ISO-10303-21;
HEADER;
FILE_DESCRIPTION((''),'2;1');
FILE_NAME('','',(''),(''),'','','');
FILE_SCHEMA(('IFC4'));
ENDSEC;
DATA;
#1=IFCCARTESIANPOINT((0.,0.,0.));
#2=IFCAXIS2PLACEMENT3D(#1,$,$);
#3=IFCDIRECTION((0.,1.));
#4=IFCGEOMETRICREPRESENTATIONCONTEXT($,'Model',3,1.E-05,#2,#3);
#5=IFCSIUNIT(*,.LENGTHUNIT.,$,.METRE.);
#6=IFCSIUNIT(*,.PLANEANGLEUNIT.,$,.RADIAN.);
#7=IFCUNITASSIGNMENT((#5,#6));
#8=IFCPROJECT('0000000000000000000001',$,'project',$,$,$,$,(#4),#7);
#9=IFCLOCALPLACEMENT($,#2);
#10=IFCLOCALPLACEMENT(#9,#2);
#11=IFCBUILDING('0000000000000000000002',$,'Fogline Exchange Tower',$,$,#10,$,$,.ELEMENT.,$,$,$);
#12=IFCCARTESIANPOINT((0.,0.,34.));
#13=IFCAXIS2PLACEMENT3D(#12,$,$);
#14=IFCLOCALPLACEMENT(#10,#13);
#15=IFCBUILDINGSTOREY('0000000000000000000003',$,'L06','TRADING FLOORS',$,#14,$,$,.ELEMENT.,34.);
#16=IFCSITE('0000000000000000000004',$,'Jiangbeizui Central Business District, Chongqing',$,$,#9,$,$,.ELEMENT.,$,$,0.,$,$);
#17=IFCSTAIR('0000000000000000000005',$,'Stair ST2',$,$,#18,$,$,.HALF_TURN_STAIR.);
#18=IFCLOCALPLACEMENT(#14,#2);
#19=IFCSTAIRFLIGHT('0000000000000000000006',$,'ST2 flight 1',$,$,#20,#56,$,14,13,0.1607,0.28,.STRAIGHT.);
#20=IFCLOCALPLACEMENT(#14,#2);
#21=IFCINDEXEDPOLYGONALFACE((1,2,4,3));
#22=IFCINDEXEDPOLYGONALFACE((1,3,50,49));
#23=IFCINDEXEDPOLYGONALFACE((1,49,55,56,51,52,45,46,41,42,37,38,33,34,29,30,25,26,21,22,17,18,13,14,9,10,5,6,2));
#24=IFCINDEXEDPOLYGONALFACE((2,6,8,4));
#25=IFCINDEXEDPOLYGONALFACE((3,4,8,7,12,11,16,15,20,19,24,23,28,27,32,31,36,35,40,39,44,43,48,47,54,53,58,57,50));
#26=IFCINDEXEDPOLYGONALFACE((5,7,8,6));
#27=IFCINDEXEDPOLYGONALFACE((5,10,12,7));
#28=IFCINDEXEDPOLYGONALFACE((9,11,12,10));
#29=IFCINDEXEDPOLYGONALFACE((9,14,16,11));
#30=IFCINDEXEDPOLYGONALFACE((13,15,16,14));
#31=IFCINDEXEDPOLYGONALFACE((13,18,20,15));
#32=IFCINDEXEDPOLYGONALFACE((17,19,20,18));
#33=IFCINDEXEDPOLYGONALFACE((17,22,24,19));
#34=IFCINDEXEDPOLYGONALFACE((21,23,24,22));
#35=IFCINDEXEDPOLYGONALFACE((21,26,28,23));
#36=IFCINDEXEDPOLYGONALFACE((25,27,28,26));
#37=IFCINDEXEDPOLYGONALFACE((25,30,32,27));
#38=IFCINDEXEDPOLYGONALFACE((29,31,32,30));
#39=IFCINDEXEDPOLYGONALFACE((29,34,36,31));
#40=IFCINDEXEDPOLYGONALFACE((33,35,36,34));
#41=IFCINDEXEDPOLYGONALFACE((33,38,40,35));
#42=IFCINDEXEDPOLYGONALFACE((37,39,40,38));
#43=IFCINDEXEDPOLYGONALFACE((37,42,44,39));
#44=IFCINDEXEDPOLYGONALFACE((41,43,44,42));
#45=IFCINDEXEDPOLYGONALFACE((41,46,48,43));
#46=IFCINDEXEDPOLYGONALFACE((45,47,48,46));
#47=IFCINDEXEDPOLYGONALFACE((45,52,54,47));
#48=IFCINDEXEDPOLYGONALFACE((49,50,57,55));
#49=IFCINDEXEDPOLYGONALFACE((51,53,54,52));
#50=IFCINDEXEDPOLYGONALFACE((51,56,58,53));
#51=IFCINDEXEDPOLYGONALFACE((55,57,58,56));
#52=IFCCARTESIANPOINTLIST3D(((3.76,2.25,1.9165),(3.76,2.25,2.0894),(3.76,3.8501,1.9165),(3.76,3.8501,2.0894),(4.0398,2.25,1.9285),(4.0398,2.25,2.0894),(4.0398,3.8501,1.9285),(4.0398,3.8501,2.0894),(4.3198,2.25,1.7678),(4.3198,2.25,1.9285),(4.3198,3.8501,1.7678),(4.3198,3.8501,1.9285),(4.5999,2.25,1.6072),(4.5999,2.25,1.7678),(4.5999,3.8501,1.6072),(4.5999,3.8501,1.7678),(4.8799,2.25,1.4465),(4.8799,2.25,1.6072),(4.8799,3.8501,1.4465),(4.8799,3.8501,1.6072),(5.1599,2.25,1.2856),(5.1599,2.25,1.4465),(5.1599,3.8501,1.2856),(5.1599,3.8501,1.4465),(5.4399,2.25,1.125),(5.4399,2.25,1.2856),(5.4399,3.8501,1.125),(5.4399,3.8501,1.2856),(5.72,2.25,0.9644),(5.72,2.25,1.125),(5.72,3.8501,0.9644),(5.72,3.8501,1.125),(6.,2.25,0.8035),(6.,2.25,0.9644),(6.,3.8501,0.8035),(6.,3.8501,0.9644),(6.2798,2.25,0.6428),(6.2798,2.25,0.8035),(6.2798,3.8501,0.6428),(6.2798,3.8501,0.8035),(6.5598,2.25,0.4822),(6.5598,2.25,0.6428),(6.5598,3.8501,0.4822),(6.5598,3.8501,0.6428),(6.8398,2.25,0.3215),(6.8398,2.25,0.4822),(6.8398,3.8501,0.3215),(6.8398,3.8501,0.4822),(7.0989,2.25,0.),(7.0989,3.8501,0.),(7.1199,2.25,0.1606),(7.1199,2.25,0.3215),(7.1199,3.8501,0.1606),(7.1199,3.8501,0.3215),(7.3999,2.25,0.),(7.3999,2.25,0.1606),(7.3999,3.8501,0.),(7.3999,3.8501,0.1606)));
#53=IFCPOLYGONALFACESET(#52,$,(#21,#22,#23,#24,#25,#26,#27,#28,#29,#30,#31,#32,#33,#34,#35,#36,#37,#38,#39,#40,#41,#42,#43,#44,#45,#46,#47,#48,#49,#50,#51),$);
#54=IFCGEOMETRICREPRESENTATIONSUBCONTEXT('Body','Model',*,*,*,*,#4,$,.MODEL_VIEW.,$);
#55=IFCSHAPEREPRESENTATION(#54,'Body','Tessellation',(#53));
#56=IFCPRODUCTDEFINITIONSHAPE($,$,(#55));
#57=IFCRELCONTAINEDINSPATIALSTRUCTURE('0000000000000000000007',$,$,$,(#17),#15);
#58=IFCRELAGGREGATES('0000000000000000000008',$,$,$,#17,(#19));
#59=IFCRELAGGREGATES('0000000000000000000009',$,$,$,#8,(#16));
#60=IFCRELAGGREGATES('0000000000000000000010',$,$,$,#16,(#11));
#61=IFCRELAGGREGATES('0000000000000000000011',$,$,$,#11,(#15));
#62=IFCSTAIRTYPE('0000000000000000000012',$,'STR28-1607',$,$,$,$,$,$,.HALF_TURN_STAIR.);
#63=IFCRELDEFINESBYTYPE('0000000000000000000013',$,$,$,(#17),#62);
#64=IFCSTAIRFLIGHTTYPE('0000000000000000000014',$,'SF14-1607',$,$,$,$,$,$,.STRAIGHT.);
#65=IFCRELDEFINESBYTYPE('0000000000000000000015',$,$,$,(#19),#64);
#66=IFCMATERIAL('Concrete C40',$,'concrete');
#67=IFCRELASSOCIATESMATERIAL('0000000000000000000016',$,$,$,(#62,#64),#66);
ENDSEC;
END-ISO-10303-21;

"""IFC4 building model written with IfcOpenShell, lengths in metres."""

from ifc_helpers import new_model, si_unit, direction, frame, origin, place, context, subcontext, project, spatial, polyline, outline, extrude, material, type_object, element, aggregate, save


model = new_model("IFC4")

# Units and contexts
model_context = context("Model", 3, precision=1e-05, world=origin(), true_north=direction((0.0, 1.0)))
body_context = subcontext(model_context, "Body", "Model", "MODEL_VIEW")
ifc_project = project(units=[si_unit("LENGTHUNIT", "METRE"), si_unit("PLANEANGLEUNIT", "RADIAN")], contexts=[model_context])

# Site, building, storey
site_placement = place(None, origin())
site = spatial("IfcSite", under=ifc_project, at=site_placement, Name="Jiangbeizui Central Business District, Chongqing", CompositionType="ELEMENT", RefElevation=0.0)
building_placement = place(site_placement, origin())
building = spatial("IfcBuilding", under=site, at=building_placement, Name="Fogline Exchange Tower", CompositionType="ELEMENT")
storey_placement = place(building_placement, frame((0.0, 0.0, 34.0)))
storey = spatial("IfcBuildingStorey", under=building, at=storey_placement, Name="L06", Description="TRADING FLOORS", CompositionType="ELEMENT", Elevation=34.0)

# Shared definitions
ifc_material_1 = material(Name="Concrete C40", Category="concrete")

# Stair, stair flight
stair_type = type_object("IfcStairType", Name="STR28-1607", PredefinedType="HALF_TURN_STAIR", material=ifc_material_1)
stair_placement = place(storey_placement, origin())
stair = element("IfcStair", 1, at=stair_placement, inside=storey, type_object=stair_type, Name="Stair ST2", PredefinedType="HALF_TURN_STAIR")
stair_flight_type = type_object("IfcStairFlightType", Name="SF14-1607", PredefinedType="STRAIGHT", material=ifc_material_1)
stair_flight_placement = place(storey_placement, frame((7.3999, 3.05, 0.0), z_axis=(0.0, 0.0, 1.0), x_axis=(-1.0, 0.0, 0.0)))
stair_flight = element("IfcStairFlight", 2, at=stair_flight_placement, type_object=stair_flight_type, Name="ST2 flight 1", NumberOfRisers=14, NumberOfTreads=13, PredefinedType="STRAIGHT", RiserHeight=0.1607, TreadLength=0.28, context=body_context, shape_type="SweptSolid", body=[
    extrude(outline(polyline([(0.0, 0.0), (0.0, 0.1606), (0.28, 0.1606), (0.28, 0.3215), (0.5601, 0.3215), (0.5601, 0.4822), (0.8401, 0.4822), (0.8401, 0.6428), (1.1201, 0.6428), (1.1201, 0.8035), (1.3999, 0.8035), (1.3999, 0.9644), (1.6799, 0.9644), (1.6799, 1.125), (1.96, 1.125), (1.96, 1.2856), (2.24, 1.2856), (2.24, 1.4465), (2.52, 1.4465), (2.52, 1.6072), (2.8, 1.6072), (2.8, 1.7678), (3.0801, 1.7678), (3.0801, 1.9285), (3.3601, 1.9285), (3.3601, 2.0894), (3.6399, 2.0894), (3.6399, 2.25), (3.6399, 1.9165), (0.301, 0.0), (0.0, 0.0)])), frame((0.0, 0.8, 0.0), z_axis=(0.0, -1.0, 0.0), x_axis=(1.0, 0.0, 0.0)), (0.0, 0.0, 1.0), 1.6001),
])
aggregate(stair, [stair_flight])

save(model, "model.ifc")
